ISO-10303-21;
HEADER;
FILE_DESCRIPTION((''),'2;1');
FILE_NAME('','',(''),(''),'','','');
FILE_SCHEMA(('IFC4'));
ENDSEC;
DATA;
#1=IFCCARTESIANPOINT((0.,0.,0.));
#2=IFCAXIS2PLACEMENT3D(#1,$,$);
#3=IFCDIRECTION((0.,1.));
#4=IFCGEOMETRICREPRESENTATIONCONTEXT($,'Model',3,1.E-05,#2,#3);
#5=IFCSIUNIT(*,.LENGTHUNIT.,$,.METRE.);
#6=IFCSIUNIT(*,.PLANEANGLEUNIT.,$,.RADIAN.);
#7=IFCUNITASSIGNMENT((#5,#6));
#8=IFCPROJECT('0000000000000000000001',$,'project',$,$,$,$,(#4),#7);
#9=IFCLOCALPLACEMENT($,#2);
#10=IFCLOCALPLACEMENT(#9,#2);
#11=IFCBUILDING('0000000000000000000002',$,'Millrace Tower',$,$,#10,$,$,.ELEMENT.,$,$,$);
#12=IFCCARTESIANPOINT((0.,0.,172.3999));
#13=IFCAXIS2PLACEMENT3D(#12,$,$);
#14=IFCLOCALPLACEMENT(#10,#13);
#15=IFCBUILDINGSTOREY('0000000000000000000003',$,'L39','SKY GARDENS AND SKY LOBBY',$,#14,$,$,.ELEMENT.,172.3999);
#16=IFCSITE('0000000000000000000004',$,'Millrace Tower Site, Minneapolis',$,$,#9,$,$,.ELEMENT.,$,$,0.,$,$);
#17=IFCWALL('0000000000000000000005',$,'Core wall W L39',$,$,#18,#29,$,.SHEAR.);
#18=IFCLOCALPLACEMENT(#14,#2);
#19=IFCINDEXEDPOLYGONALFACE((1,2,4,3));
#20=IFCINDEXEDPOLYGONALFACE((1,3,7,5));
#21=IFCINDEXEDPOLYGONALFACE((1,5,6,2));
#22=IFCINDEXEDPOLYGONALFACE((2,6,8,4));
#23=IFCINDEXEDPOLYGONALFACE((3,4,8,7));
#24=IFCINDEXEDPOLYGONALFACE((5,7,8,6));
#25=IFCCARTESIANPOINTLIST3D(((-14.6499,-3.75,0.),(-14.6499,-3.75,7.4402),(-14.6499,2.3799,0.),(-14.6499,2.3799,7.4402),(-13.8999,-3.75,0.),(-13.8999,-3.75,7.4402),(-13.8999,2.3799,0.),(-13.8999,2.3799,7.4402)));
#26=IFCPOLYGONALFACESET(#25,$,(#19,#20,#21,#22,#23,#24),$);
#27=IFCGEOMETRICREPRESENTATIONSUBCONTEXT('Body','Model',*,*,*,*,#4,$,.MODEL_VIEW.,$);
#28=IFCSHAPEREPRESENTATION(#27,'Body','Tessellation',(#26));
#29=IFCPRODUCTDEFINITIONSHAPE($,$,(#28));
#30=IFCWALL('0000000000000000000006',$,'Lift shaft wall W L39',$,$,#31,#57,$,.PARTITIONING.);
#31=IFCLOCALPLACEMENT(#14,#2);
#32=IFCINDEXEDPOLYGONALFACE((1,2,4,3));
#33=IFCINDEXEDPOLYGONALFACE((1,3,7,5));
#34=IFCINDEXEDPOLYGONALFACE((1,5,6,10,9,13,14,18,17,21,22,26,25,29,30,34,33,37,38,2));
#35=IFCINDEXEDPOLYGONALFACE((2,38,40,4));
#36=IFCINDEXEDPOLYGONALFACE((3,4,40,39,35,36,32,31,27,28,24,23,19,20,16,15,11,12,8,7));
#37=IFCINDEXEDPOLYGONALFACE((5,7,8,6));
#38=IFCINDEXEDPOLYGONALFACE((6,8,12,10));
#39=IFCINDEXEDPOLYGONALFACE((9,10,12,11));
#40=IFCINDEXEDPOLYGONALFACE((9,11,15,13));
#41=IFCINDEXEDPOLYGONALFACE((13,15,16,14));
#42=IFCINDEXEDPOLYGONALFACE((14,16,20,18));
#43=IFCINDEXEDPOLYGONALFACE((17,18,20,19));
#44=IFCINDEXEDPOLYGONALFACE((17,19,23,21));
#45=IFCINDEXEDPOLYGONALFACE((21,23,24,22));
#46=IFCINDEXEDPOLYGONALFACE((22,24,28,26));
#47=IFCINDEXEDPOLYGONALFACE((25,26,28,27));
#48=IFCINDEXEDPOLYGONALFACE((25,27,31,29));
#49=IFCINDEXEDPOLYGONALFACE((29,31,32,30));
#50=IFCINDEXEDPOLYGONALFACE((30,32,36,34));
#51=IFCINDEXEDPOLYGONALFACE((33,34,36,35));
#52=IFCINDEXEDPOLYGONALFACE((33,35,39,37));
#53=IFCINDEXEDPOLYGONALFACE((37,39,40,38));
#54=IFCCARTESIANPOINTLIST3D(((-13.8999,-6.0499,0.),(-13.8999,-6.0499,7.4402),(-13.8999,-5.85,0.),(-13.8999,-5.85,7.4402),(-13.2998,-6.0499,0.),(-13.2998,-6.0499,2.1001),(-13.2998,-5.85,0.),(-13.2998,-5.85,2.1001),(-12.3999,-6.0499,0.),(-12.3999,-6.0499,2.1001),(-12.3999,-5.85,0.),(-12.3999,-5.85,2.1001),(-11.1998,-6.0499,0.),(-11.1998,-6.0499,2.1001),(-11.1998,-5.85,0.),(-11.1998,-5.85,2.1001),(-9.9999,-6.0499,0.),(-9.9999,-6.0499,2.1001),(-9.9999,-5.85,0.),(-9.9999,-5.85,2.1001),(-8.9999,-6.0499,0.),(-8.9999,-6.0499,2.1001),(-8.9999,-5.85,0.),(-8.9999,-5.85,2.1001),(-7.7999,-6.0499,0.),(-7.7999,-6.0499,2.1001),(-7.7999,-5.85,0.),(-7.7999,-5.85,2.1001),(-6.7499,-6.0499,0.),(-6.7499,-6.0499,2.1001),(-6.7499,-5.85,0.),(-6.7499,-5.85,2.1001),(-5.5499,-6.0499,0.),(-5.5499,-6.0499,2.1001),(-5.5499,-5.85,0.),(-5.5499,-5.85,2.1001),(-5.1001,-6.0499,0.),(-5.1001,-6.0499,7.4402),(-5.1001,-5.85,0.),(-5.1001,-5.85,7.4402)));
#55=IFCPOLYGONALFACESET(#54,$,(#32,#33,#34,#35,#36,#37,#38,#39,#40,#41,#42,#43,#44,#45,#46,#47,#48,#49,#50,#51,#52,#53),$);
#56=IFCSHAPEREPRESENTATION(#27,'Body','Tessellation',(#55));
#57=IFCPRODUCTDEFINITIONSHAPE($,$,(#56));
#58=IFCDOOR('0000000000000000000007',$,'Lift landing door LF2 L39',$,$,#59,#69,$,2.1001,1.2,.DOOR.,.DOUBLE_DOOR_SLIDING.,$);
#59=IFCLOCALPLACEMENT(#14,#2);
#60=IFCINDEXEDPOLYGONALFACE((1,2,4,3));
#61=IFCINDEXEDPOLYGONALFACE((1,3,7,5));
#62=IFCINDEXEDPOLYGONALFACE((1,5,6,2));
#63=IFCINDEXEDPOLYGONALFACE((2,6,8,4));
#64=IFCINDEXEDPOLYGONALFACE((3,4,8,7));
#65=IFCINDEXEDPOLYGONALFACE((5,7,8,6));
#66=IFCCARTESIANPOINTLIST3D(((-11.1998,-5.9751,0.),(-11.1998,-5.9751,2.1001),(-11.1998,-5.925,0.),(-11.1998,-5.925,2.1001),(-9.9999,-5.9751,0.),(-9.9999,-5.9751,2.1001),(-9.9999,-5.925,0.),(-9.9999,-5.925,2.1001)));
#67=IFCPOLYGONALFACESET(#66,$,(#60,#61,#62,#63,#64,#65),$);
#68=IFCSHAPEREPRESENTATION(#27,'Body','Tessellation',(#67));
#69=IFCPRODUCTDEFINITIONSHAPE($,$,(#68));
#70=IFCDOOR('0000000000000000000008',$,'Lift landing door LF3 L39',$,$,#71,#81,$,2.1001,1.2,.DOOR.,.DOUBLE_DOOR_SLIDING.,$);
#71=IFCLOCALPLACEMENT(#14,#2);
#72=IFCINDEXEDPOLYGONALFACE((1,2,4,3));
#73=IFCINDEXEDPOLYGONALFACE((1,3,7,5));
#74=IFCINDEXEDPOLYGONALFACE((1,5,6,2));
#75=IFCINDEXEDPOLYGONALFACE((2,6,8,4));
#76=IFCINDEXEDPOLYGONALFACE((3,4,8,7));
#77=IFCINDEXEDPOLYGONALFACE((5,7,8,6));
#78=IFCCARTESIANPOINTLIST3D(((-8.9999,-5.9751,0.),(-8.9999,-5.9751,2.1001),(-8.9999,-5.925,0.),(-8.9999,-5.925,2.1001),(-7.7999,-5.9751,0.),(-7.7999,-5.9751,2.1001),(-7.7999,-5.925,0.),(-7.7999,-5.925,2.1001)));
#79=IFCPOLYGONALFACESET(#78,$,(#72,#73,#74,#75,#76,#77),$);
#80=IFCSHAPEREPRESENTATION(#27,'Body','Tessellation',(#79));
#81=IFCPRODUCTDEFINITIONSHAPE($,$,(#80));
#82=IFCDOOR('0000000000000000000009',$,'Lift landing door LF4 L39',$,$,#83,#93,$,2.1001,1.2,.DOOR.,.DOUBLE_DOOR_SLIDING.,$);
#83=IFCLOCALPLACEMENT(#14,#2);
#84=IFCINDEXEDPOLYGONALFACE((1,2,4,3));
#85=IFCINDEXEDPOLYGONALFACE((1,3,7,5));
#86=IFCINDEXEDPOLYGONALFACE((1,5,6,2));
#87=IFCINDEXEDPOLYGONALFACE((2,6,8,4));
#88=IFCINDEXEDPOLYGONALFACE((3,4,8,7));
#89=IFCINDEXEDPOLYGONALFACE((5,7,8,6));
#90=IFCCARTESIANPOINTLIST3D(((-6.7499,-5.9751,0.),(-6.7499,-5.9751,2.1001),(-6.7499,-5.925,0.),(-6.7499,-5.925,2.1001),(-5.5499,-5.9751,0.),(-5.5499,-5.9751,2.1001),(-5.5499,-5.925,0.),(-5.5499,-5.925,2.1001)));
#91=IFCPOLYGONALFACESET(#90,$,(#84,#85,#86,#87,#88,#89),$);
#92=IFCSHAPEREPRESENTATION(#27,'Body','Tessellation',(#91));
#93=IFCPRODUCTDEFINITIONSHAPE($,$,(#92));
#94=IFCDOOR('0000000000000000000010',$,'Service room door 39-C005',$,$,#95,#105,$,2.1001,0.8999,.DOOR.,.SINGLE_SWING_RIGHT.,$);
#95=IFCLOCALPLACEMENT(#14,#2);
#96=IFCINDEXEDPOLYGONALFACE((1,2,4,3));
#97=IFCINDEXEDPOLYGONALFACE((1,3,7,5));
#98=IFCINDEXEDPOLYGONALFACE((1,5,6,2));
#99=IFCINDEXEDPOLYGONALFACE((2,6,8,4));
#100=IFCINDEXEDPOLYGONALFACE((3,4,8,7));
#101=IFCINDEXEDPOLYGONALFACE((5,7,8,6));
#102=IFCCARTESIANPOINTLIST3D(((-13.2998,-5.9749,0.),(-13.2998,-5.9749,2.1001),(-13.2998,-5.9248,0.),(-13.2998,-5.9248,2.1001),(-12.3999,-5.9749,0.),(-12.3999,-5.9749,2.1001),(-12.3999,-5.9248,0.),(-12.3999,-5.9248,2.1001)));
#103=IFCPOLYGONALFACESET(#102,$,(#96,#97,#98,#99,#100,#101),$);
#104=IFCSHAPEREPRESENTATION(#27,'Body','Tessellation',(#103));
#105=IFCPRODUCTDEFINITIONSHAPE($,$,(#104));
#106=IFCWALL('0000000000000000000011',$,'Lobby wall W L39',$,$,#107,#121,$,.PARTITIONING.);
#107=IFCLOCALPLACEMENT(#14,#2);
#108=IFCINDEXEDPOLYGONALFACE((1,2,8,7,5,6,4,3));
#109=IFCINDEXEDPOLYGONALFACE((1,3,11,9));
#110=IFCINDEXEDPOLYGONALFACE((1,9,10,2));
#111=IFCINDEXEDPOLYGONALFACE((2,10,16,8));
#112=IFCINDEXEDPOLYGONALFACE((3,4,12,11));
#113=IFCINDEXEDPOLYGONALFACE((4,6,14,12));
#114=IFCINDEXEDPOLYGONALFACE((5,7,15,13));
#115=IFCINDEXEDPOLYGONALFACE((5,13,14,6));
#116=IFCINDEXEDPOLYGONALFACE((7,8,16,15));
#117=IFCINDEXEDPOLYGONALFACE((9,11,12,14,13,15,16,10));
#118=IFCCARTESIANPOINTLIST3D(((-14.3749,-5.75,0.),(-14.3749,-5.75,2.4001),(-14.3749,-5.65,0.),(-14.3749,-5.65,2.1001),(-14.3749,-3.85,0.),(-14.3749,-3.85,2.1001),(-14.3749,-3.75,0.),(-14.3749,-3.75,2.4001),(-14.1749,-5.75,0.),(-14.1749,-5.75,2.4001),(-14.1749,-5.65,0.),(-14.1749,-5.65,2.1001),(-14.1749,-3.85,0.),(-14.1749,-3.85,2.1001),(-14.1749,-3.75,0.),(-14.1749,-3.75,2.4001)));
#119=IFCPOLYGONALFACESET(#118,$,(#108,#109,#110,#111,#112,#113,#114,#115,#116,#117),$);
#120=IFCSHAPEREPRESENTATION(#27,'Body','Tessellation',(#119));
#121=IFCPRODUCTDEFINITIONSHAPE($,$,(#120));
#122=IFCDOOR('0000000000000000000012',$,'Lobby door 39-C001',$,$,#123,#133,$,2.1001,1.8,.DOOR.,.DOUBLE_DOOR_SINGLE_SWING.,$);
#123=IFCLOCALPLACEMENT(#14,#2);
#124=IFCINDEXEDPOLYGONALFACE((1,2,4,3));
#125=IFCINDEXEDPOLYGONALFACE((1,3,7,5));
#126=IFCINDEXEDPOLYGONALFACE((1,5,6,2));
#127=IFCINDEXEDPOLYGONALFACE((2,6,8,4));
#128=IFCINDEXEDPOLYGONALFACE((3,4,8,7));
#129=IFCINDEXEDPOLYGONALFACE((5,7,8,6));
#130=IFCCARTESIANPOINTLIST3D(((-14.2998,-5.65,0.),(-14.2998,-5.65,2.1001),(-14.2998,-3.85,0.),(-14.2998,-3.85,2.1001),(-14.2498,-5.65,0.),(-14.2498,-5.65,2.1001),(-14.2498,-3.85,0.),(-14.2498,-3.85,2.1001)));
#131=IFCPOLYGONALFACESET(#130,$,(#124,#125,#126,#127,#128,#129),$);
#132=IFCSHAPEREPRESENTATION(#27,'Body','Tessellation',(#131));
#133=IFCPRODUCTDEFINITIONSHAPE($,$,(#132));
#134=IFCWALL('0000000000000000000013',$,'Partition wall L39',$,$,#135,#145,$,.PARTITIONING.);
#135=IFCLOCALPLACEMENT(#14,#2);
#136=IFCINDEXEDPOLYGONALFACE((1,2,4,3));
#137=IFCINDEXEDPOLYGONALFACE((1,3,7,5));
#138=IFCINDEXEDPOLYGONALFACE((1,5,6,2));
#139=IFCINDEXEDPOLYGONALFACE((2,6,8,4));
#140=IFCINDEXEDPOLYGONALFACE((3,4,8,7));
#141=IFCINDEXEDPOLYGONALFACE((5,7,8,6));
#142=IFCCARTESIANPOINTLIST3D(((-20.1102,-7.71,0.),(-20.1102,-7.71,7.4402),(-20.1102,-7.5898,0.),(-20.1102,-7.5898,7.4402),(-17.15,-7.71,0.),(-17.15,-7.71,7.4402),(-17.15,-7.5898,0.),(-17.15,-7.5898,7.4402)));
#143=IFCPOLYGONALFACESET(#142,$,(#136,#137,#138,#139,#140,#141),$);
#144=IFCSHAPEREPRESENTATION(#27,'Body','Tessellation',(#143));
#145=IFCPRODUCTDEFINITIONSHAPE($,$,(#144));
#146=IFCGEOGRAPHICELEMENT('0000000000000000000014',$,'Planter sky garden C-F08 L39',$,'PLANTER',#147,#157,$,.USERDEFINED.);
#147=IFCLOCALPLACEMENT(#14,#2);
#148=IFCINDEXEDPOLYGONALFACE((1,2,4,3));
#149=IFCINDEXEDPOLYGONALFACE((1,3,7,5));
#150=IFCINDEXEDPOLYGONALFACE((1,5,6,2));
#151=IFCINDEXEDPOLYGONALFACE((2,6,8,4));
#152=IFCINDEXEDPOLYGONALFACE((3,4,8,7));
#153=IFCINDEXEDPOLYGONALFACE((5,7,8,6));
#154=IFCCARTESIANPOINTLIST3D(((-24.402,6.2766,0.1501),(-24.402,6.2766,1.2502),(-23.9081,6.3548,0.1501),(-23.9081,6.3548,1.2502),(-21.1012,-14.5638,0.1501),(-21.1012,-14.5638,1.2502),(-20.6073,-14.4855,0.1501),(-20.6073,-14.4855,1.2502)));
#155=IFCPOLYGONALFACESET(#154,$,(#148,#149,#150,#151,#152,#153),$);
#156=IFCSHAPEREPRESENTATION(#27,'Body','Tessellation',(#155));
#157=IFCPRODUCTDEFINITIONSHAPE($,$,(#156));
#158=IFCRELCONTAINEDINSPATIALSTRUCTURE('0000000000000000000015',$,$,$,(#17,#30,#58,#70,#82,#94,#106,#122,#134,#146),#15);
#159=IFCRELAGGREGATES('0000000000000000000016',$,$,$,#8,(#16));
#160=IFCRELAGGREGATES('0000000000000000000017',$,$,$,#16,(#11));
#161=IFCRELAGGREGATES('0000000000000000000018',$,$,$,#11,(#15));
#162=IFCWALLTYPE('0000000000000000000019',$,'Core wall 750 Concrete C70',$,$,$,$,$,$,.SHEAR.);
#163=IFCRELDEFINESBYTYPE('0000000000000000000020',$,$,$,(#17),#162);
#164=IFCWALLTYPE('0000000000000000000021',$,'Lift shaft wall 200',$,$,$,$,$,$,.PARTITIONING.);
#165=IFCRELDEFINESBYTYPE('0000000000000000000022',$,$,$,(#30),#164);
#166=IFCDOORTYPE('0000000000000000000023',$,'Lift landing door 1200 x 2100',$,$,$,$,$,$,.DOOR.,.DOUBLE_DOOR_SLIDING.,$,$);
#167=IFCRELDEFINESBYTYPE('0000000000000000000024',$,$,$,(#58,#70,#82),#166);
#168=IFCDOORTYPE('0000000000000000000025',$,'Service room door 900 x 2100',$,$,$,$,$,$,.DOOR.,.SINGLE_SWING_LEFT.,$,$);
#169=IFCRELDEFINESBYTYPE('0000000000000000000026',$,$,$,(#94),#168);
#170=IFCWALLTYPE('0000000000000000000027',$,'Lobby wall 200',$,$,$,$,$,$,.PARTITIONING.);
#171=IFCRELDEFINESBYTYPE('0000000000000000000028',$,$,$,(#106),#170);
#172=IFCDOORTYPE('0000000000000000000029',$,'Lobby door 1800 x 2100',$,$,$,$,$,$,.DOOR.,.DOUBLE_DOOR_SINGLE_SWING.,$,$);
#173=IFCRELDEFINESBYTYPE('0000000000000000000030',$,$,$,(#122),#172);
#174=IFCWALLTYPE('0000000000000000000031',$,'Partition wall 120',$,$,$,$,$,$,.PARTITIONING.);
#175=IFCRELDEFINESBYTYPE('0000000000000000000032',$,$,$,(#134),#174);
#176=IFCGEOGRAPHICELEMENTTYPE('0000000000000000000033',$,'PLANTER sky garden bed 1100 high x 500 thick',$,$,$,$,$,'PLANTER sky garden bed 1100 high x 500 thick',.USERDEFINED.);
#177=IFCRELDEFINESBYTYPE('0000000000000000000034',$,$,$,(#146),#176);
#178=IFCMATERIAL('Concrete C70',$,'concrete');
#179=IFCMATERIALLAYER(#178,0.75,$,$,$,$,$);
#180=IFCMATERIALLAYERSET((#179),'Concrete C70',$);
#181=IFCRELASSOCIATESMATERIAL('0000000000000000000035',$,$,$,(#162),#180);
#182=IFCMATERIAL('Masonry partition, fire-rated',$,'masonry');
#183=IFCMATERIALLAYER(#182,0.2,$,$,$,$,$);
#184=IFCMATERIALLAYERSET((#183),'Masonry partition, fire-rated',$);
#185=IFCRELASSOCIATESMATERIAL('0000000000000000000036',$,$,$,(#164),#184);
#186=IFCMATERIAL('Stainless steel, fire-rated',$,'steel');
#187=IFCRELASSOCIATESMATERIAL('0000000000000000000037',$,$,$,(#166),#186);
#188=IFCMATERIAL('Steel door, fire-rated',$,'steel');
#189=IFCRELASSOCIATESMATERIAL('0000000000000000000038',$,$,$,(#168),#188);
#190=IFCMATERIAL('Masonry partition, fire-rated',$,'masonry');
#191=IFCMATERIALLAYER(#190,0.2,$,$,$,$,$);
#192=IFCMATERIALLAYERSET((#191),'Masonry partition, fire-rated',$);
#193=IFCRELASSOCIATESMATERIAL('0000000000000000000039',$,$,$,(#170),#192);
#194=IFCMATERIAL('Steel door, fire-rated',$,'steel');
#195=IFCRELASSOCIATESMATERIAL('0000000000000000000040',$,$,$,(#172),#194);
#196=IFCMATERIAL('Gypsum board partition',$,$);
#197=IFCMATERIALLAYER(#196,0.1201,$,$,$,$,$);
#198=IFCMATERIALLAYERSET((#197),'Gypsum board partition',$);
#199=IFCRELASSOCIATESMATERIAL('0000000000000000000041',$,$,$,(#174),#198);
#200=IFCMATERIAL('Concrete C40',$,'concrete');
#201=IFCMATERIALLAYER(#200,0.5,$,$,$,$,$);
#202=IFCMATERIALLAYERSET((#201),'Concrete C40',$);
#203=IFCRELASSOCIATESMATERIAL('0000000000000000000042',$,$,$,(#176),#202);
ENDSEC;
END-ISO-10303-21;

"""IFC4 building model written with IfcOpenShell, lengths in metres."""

from ifc_helpers import new_model, si_unit, direction, frame, frame_2d, origin, origin_2d, place, context, subcontext, project, spatial, rectangle, extrude, material, layer, layer_set, type_object, element, fill, save


model = new_model("IFC4")

# Units and contexts
model_context = context("Model", 3, precision=1e-05, world=origin(), true_north=direction((0.0, 1.0)))
body_context = subcontext(model_context, "Body", "Model", "MODEL_VIEW")
ifc_project = project(units=[si_unit("LENGTHUNIT", "METRE"), si_unit("PLANEANGLEUNIT", "RADIAN")], contexts=[model_context])

# Site, building, storey
site_placement = place(None, origin())
site = spatial("IfcSite", under=ifc_project, at=site_placement, Name="Millrace Tower Site, Minneapolis", CompositionType="ELEMENT", RefElevation=0.0)
building_placement = place(site_placement, origin())
building = spatial("IfcBuilding", under=site, at=building_placement, Name="Millrace Tower", CompositionType="ELEMENT")
storey_placement = place(building_placement, frame((0.0, 0.0, 172.3999)))
storey = spatial("IfcBuildingStorey", under=building, at=storey_placement, Name="L39", Description="SKY GARDENS AND SKY LOBBY", CompositionType="ELEMENT", Elevation=172.3999)

# Wall
ifc_material_1 = material(Name="Concrete C70", Category="concrete")
ifc_layer_1 = layer(ifc_material_1, 0.75)
ifc_layer_set_1 = layer_set([ifc_layer_1], Name="Concrete C70")
wall_type_1 = type_object("IfcWallType", Name="Core wall 750 Concrete C70", PredefinedType="SHEAR", material=ifc_layer_set_1)
wall_1_placement = place(storey_placement, frame((-14.2749, -3.75, 0.0), z_axis=(0.0, 0.0, 1.0), x_axis=(0.0, 1.0, 0.0)))
element("IfcWall", 1, at=wall_1_placement, inside=storey, type_object=wall_type_1, Name="Core wall W L39", PredefinedType="SHEAR", context=body_context, shape_type="SweptSolid", body=[
    extrude(rectangle(XDim=6.1299, YDim=0.75, at=frame_2d((3.0649, 0.0))), origin(), (0.0, 0.0, 1.0), 7.4402),
])

# Wall, openings, doors
ifc_material_2 = material(Name="Masonry partition, fire-rated", Category="masonry")
ifc_layer_2 = layer(ifc_material_2, 0.2)
ifc_layer_set_2 = layer_set([ifc_layer_2], Name="Masonry partition, fire-rated")
wall_type_2 = type_object("IfcWallType", Name="Lift shaft wall 200", PredefinedType="PARTITIONING", material=ifc_layer_set_2)
wall_2_placement = place(storey_placement, frame((-13.8999, -5.95, 0.0), z_axis=(0.0, 0.0, 1.0), x_axis=(1.0, 0.0, 0.0)))
wall_2 = element("IfcWall", 2, at=wall_2_placement, inside=storey, type_object=wall_type_2, Name="Lift shaft wall W L39", PredefinedType="PARTITIONING", context=body_context, shape_type="SweptSolid", body=[
    extrude(rectangle(XDim=8.7998, YDim=0.2, at=frame_2d((4.3999, 0.0))), origin(), (0.0, 0.0, 1.0), 7.4402),
])
opening_1_placement = place(wall_2_placement, frame((2.7, 0.0, 0.0)))
opening_1 = element("IfcOpeningElement", 3, at=opening_1_placement, cuts=wall_2, PredefinedType="OPENING", context=body_context, shape_type="SweptSolid", body=[
    extrude(rectangle(XDim=1.2, YDim=2.1001, at=frame_2d((0.6001, 1.05))), frame((0.0, 0.1099, 0.0), z_axis=(0.0, -1.0, 0.0), x_axis=(1.0, 0.0, 0.0)), (0.0, 0.0, 1.0), 0.22),
])
opening_2_placement = place(wall_2_placement, frame((4.8999, 0.0, 0.0)))
opening_2 = element("IfcOpeningElement", 4, at=opening_2_placement, cuts=wall_2, PredefinedType="OPENING", context=body_context, shape_type="SweptSolid", body=[
    extrude(rectangle(XDim=1.2, YDim=2.1001, at=frame_2d((0.6001, 1.05))), frame((0.0, 0.1099, 0.0), z_axis=(0.0, -1.0, 0.0), x_axis=(1.0, 0.0, 0.0)), (0.0, 0.0, 1.0), 0.22),
])
opening_3_placement = place(wall_2_placement, frame((7.1499, 0.0, 0.0)))
opening_3 = element("IfcOpeningElement", 5, at=opening_3_placement, cuts=wall_2, PredefinedType="OPENING", context=body_context, shape_type="SweptSolid", body=[
    extrude(rectangle(XDim=1.2, YDim=2.1001, at=frame_2d((0.6001, 1.05))), frame((0.0, 0.1099, 0.0), z_axis=(0.0, -1.0, 0.0), x_axis=(1.0, 0.0, 0.0)), (0.0, 0.0, 1.0), 0.22),
])
opening_4_placement = place(wall_2_placement, frame((0.6001, 0.0, 0.0)))
opening_4 = element("IfcOpeningElement", 6, at=opening_4_placement, cuts=wall_2, PredefinedType="OPENING", context=body_context, shape_type="SweptSolid", body=[
    extrude(rectangle(XDim=0.8999, YDim=2.1001, at=frame_2d((0.45, 1.05))), frame((0.0, 0.1099, 0.0), z_axis=(0.0, -1.0, 0.0), x_axis=(1.0, 0.0, 0.0)), (0.0, 0.0, 1.0), 0.22),
])
ifc_material_3 = material(Name="Stainless steel, fire-rated", Category="steel")
door_type_1 = type_object("IfcDoorType", Name="Lift landing door 1200 x 2100", OperationType="DOUBLE_DOOR_SLIDING", PredefinedType="DOOR", material=ifc_material_3)
door_1_placement = place(opening_1_placement, origin())
door_1 = element("IfcDoor", 7, at=door_1_placement, inside=storey, type_object=door_type_1, Name="Lift landing door LF2 L39", OperationType="DOUBLE_DOOR_SLIDING", OverallHeight=2.1001, OverallWidth=1.2, PredefinedType="DOOR", context=body_context, shape_type="SweptSolid", body=[
    extrude(rectangle(XDim=1.2, YDim=2.1001, at=frame_2d((0.6001, 1.05))), frame((0.0, 0.0249, 0.0), z_axis=(0.0, -1.0, 0.0), x_axis=(1.0, 0.0, 0.0)), (0.0, 0.0, 1.0), 0.05),
])
fill(opening_1, door_1)
door_2_placement = place(opening_2_placement, origin())
door_2 = element("IfcDoor", 8, at=door_2_placement, inside=storey, type_object=door_type_1, Name="Lift landing door LF3 L39", OperationType="DOUBLE_DOOR_SLIDING", OverallHeight=2.1001, OverallWidth=1.2, PredefinedType="DOOR", context=body_context, shape_type="SweptSolid", body=[
    extrude(rectangle(XDim=1.2, YDim=2.1001, at=frame_2d((0.6001, 1.05))), frame((0.0, 0.0249, 0.0), z_axis=(0.0, -1.0, 0.0), x_axis=(1.0, 0.0, 0.0)), (0.0, 0.0, 1.0), 0.05),
])
fill(opening_2, door_2)
door_3_placement = place(opening_3_placement, origin())
door_3 = element("IfcDoor", 9, at=door_3_placement, inside=storey, type_object=door_type_1, Name="Lift landing door LF4 L39", OperationType="DOUBLE_DOOR_SLIDING", OverallHeight=2.1001, OverallWidth=1.2, PredefinedType="DOOR", context=body_context, shape_type="SweptSolid", body=[
    extrude(rectangle(XDim=1.2, YDim=2.1001, at=frame_2d((0.6001, 1.05))), frame((0.0, 0.0249, 0.0), z_axis=(0.0, -1.0, 0.0), x_axis=(1.0, 0.0, 0.0)), (0.0, 0.0, 1.0), 0.05),
])
fill(opening_3, door_3)
ifc_material_4 = material(Name="Steel door, fire-rated", Category="steel")
door_type_2 = type_object("IfcDoorType", Name="Service room door 900 x 2100", OperationType="SINGLE_SWING_LEFT", PredefinedType="DOOR", material=ifc_material_4)
door_4_placement = place(opening_4_placement, frame((0.8999, 0.0, 0.0), z_axis=(0.0, 0.0, 1.0), x_axis=(-1.0, 0.0, 0.0)))
door_4 = element("IfcDoor", 10, at=door_4_placement, inside=storey, type_object=door_type_2, Name="Service room door 39-C005", OperationType="SINGLE_SWING_RIGHT", OverallHeight=2.1001, OverallWidth=0.8999, PredefinedType="DOOR", context=body_context, shape_type="SweptSolid", body=[
    extrude(rectangle(XDim=0.8999, YDim=2.1001, at=frame_2d((0.45, 1.05))), frame((0.0, 0.0249, 0.0), z_axis=(0.0, -1.0, 0.0), x_axis=(1.0, 0.0, 0.0)), (0.0, 0.0, 1.0), 0.05),
])
fill(opening_4, door_4)

# Wall, opening, door
ifc_material_5 = material(Name="Masonry partition, fire-rated", Category="masonry")
ifc_layer_3 = layer(ifc_material_5, 0.2)
ifc_layer_set_3 = layer_set([ifc_layer_3], Name="Masonry partition, fire-rated")
wall_type_3 = type_object("IfcWallType", Name="Lobby wall 200", PredefinedType="PARTITIONING", material=ifc_layer_set_3)
wall_3_placement = place(storey_placement, frame((-14.2749, -5.75, 0.0), z_axis=(0.0, 0.0, 1.0), x_axis=(0.0, 1.0, 0.0)))
wall_3 = element("IfcWall", 11, at=wall_3_placement, inside=storey, type_object=wall_type_3, Name="Lobby wall W L39", PredefinedType="PARTITIONING", context=body_context, shape_type="SweptSolid", body=[
    extrude(rectangle(XDim=2.0, YDim=0.2, at=frame_2d((1.0, 0.0))), origin(), (0.0, 0.0, 1.0), 2.4001),
])
opening_5_placement = place(wall_3_placement, frame((0.1001, 0.0, 0.0)))
opening_5 = element("IfcOpeningElement", 12, at=opening_5_placement, cuts=wall_3, PredefinedType="OPENING", context=body_context, shape_type="SweptSolid", body=[
    extrude(rectangle(XDim=1.8, YDim=2.1001, at=frame_2d((0.8999, 1.05))), frame((0.0, 0.1099, 0.0), z_axis=(0.0, -1.0, 0.0), x_axis=(1.0, 0.0, 0.0)), (0.0, 0.0, 1.0), 0.22),
])
ifc_material_6 = material(Name="Steel door, fire-rated", Category="steel")
door_type_3 = type_object("IfcDoorType", Name="Lobby door 1800 x 2100", OperationType="DOUBLE_DOOR_SINGLE_SWING", PredefinedType="DOOR", material=ifc_material_6)
door_5_placement = place(opening_5_placement, origin())
door_5 = element("IfcDoor", 13, at=door_5_placement, inside=storey, type_object=door_type_3, Name="Lobby door 39-C001", OperationType="DOUBLE_DOOR_SINGLE_SWING", OverallHeight=2.1001, OverallWidth=1.8, PredefinedType="DOOR", context=body_context, shape_type="SweptSolid", body=[
    extrude(rectangle(XDim=1.8, YDim=2.1001, at=frame_2d((0.8999, 1.05))), frame((0.0, 0.0249, 0.0), z_axis=(0.0, -1.0, 0.0), x_axis=(1.0, 0.0, 0.0)), (0.0, 0.0, 1.0), 0.05),
])
fill(opening_5, door_5)

# Wall
ifc_material_7 = material(Name="Gypsum board partition")
ifc_layer_4 = layer(ifc_material_7, 0.1201)
ifc_layer_set_4 = layer_set([ifc_layer_4], Name="Gypsum board partition")
wall_type_4 = type_object("IfcWallType", Name="Partition wall 120", PredefinedType="PARTITIONING", material=ifc_layer_set_4)
wall_4_placement = place(storey_placement, frame((-20.1101, -7.6499, 0.0), z_axis=(0.0, 0.0, 1.0), x_axis=(1.0, 0.0, 0.0)))
element("IfcWall", 14, at=wall_4_placement, inside=storey, type_object=wall_type_4, Name="Partition wall L39", PredefinedType="PARTITIONING", context=body_context, shape_type="SweptSolid", body=[
    extrude(rectangle(XDim=2.9602, YDim=0.1201, at=frame_2d((1.48, 0.0))), origin(), (0.0, 0.0, 1.0), 7.4402),
])

# Geographic element
ifc_material_8 = material(Name="Concrete C40", Category="concrete")
ifc_layer_5 = layer(ifc_material_8, 0.5)
ifc_layer_set_5 = layer_set([ifc_layer_5], Name="Concrete C40")
geographic_element_type_1 = type_object("IfcGeographicElementType", Name="PLANTER sky garden bed 1100 high x 500 thick", ElementType="PLANTER sky garden bed 1100 high x 500 thick", PredefinedType="USERDEFINED", material=ifc_layer_set_5)
geographic_element_1_placement = place(storey_placement, frame((-22.5046, -4.1045, 0.1501), z_axis=(0.0, 0.0, 1.0), x_axis=(0.156434, -0.987688, 0.0)))
element("IfcGeographicElement", 15, at=geographic_element_1_placement, inside=storey, type_object=geographic_element_type_1, Name="Planter sky garden C-F08 L39", ObjectType="PLANTER", PredefinedType="USERDEFINED", context=body_context, shape_type="SweptSolid", body=[
    extrude(rectangle(XDim=21.1001, YDim=0.5, at=origin_2d()), origin(), (0.0, 0.0, 1.0), 1.1001),
])

save(model, "model.ifc")
